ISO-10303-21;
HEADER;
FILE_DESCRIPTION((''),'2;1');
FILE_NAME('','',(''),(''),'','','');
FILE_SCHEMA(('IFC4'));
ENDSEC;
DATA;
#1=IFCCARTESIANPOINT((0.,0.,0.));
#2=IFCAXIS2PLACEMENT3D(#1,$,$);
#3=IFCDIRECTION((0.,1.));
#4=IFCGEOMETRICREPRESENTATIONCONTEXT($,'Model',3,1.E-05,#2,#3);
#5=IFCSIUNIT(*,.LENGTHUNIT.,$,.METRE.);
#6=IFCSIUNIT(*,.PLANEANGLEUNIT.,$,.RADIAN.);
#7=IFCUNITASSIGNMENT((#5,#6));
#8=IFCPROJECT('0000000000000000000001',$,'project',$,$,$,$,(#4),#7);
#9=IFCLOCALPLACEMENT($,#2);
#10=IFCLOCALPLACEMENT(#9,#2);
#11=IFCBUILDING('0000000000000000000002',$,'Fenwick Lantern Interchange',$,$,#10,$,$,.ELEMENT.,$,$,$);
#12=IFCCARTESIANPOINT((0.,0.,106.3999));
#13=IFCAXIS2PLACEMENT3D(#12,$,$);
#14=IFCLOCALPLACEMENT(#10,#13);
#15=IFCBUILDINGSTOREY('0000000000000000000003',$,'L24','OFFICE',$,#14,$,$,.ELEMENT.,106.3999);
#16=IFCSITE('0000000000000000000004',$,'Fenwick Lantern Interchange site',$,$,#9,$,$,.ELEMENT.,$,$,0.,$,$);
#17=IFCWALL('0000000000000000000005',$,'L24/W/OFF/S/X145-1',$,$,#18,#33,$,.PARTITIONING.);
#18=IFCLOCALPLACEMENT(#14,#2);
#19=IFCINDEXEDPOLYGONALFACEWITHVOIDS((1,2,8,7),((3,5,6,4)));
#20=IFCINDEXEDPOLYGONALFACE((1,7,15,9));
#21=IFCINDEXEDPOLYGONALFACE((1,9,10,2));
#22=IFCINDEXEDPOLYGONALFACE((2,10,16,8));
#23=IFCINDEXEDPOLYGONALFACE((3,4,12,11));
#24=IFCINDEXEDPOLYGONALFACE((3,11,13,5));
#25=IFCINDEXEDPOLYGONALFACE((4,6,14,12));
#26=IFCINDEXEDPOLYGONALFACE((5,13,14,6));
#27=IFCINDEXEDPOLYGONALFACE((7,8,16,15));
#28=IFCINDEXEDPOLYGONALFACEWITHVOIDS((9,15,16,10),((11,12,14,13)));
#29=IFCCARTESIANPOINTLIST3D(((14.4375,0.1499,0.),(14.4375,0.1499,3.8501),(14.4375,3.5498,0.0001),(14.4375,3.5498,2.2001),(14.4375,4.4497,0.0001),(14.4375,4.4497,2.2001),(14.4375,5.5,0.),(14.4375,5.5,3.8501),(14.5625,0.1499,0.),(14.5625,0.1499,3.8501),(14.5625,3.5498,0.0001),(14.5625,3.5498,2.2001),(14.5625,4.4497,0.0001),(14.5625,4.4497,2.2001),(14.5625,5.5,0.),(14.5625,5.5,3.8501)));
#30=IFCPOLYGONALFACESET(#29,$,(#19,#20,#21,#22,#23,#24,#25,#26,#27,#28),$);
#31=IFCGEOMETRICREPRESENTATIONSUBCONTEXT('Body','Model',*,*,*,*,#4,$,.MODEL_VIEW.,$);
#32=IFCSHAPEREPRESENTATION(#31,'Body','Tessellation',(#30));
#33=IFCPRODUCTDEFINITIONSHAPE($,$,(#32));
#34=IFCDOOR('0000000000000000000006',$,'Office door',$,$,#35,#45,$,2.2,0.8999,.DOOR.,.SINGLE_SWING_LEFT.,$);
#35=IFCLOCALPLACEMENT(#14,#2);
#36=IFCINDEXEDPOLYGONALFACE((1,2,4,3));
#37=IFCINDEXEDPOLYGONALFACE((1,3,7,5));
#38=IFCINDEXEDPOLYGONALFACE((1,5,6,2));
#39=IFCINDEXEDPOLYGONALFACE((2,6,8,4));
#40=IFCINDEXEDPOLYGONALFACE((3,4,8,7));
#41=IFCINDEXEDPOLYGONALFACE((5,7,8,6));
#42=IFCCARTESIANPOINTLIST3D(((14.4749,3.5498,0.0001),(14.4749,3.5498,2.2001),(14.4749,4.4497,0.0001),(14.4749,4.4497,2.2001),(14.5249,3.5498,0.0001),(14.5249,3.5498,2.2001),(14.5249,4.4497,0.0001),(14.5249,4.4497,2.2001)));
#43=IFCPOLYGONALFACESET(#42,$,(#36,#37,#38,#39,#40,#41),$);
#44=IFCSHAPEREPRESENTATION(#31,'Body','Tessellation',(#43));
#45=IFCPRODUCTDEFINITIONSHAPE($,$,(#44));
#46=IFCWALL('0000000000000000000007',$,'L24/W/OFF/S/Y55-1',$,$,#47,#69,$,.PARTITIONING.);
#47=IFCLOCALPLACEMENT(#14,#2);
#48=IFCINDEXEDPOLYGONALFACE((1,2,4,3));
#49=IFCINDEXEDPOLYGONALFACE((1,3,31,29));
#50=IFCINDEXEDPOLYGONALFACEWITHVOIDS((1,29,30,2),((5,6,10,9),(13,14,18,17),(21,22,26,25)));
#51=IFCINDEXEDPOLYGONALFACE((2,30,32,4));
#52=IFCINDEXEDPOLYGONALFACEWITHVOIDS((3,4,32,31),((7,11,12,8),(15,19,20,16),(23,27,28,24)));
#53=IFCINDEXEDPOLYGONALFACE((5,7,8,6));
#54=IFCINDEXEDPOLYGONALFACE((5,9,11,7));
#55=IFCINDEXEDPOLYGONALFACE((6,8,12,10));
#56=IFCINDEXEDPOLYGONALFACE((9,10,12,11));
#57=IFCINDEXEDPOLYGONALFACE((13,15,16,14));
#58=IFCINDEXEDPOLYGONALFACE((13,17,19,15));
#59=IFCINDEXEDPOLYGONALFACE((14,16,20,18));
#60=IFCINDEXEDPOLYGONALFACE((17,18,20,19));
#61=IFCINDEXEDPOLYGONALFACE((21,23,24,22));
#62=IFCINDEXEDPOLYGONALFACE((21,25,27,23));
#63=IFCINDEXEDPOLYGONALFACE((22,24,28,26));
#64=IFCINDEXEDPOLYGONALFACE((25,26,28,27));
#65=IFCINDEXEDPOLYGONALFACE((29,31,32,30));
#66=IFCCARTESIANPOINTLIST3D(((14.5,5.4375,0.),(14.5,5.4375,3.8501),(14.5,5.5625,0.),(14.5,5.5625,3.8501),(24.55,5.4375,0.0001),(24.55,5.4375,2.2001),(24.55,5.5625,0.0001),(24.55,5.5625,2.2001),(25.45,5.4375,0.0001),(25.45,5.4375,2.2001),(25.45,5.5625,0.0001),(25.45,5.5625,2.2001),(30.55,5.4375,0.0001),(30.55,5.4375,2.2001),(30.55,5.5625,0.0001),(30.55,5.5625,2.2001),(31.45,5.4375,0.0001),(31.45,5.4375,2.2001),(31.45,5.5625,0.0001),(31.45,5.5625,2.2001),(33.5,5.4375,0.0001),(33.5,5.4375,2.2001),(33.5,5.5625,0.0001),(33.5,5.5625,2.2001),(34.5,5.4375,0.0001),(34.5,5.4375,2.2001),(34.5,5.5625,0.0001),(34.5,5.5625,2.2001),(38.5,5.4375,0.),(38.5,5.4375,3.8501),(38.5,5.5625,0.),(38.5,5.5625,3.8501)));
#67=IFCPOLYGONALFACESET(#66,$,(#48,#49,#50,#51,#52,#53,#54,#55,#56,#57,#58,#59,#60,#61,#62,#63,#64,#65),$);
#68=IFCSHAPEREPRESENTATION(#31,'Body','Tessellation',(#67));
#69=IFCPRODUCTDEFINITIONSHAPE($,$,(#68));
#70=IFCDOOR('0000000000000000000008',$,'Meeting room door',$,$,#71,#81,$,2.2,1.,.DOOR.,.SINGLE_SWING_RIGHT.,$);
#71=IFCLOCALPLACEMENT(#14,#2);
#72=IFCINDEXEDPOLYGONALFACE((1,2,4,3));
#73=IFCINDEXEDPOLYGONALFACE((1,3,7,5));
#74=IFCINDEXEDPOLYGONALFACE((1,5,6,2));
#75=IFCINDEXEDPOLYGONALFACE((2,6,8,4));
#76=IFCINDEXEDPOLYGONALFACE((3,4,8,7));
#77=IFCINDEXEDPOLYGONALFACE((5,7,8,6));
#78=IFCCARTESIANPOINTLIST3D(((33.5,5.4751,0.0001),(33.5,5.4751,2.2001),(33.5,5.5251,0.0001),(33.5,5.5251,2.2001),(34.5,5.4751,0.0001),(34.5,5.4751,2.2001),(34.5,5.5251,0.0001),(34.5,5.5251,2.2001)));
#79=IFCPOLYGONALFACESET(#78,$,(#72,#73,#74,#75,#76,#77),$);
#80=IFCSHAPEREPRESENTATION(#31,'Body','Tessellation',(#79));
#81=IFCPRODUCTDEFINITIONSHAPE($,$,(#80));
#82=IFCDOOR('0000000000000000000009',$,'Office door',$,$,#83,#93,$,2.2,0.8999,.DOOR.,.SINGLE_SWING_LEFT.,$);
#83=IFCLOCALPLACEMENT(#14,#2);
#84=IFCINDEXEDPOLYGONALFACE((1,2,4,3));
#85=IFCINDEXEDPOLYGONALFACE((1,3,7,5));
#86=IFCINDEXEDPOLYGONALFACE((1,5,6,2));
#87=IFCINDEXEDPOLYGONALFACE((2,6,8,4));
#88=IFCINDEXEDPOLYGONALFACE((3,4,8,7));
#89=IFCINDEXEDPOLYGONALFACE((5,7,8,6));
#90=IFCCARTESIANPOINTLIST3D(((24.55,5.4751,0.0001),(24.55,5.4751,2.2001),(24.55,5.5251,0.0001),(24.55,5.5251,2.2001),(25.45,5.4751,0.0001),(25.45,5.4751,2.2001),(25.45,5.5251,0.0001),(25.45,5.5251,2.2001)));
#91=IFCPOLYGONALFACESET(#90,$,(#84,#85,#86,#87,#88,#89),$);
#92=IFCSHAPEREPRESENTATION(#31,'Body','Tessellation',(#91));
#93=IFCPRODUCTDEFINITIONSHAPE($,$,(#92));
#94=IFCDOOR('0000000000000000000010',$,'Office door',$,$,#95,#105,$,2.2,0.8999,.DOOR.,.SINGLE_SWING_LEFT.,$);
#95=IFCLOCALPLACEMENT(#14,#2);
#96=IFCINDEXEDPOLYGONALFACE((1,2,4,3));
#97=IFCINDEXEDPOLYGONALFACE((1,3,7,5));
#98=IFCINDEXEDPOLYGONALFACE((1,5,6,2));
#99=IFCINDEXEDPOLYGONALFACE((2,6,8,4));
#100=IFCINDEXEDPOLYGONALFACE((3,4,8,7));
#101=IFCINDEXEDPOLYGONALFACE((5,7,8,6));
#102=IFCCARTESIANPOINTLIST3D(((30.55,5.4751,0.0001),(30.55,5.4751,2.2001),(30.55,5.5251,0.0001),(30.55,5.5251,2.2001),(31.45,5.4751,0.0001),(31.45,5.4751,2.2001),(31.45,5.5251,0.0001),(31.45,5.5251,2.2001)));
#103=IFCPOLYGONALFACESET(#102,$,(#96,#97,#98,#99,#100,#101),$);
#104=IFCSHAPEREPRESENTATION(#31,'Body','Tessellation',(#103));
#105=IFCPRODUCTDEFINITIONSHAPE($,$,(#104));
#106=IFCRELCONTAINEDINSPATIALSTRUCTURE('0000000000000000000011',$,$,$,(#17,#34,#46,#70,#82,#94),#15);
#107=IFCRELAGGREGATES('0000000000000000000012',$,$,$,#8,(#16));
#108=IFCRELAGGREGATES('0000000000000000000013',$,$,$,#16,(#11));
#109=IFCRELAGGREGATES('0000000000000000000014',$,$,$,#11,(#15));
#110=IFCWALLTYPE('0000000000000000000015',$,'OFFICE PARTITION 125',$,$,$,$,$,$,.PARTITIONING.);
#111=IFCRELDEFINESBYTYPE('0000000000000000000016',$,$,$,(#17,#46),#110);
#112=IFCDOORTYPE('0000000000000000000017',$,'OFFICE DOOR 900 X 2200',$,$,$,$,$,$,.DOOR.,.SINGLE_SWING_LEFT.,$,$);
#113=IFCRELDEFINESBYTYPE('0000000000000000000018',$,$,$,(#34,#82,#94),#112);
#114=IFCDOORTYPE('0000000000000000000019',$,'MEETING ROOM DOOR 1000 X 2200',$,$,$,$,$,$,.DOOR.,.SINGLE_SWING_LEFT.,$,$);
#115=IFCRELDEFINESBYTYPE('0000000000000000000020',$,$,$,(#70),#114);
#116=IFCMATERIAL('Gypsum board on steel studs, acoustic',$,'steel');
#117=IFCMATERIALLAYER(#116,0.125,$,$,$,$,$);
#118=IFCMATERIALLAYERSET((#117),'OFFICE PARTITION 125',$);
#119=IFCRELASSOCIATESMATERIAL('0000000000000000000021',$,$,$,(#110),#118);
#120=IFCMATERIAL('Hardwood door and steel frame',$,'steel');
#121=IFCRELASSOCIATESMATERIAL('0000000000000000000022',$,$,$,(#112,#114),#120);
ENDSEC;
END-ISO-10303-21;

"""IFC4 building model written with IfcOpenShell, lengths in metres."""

from ifc_helpers import new_model, si_unit, direction, frame, frame_2d, origin, place, context, subcontext, project, spatial, rectangle, extrude, material, layer, layer_set, type_object, element, fill, save


model = new_model("IFC4")

# Units and contexts
model_context = context("Model", 3, precision=1e-05, world=origin(), true_north=direction((0.0, 1.0)))
body_context = subcontext(model_context, "Body", "Model", "MODEL_VIEW")
ifc_project = project(units=[si_unit("LENGTHUNIT", "METRE"), si_unit("PLANEANGLEUNIT", "RADIAN")], contexts=[model_context])

# Site, building, storey
site_placement = place(None, origin())
site = spatial("IfcSite", under=ifc_project, at=site_placement, Name="Fenwick Lantern Interchange site", CompositionType="ELEMENT", RefElevation=0.0)
building_placement = place(site_placement, origin())
building = spatial("IfcBuilding", under=site, at=building_placement, Name="Fenwick Lantern Interchange", CompositionType="ELEMENT")
storey_placement = place(building_placement, frame((0.0, 0.0, 106.3999)))
storey = spatial("IfcBuildingStorey", under=building, at=storey_placement, Name="L24", Description="OFFICE", CompositionType="ELEMENT", Elevation=106.3999)

# Wall, opening, door
ifc_material_1 = material(Name="Gypsum board on steel studs, acoustic", Category="steel")
ifc_layer_1 = layer(ifc_material_1, 0.125)
ifc_layer_set_1 = layer_set([ifc_layer_1], Name="OFFICE PARTITION 125")
wall_type = type_object("IfcWallType", Name="OFFICE PARTITION 125", PredefinedType="PARTITIONING", material=ifc_layer_set_1)
wall_1_placement = place(storey_placement, frame((14.5, 0.1499, 0.0), z_axis=(0.0, 0.0, 1.0), x_axis=(0.0, 1.0, 0.0)))
wall_1 = element("IfcWall", 1, at=wall_1_placement, inside=storey, type_object=wall_type, Name="L24/W/OFF/S/X145-1", PredefinedType="PARTITIONING", context=body_context, shape_type="SweptSolid", body=[
    extrude(rectangle(XDim=5.3501, YDim=0.125, at=frame_2d((2.675, 0.0))), origin(), (0.0, 0.0, 1.0), 3.8501),
])
opening_1_placement = place(wall_1_placement, frame((3.3999, 0.0, 0.0)))
opening_1 = element("IfcOpeningElement", 2, at=opening_1_placement, cuts=wall_1, PredefinedType="OPENING", context=body_context, shape_type="SweptSolid", body=[
    extrude(rectangle(XDim=0.8999, YDim=2.2, at=frame_2d((0.45, 1.1001))), frame((0.0, 0.0725, 0.0), z_axis=(0.0, -1.0, 0.0), x_axis=(1.0, 0.0, 0.0)), (0.0, 0.0, 1.0), 0.145),
])
ifc_material_2 = material(Name="Hardwood door and steel frame", Category="steel")
door_type_1 = type_object("IfcDoorType", Name="OFFICE DOOR 900 X 2200", OperationType="SINGLE_SWING_LEFT", PredefinedType="DOOR", material=ifc_material_2)
door_1_placement = place(opening_1_placement, frame((0.8999, 0.0, 0.0), z_axis=(0.0, 0.0, 1.0), x_axis=(-1.0, 0.0, 0.0)))
door_1 = element("IfcDoor", 3, at=door_1_placement, inside=storey, type_object=door_type_1, Name="Office door", OperationType="SINGLE_SWING_LEFT", OverallHeight=2.2, OverallWidth=0.8999, PredefinedType="DOOR", context=body_context, shape_type="SweptSolid", body=[
    extrude(rectangle(XDim=0.8999, YDim=2.2, at=frame_2d((0.45, 1.1001))), frame((0.0, 0.0249, 0.0), z_axis=(0.0, -1.0, 0.0), x_axis=(1.0, 0.0, 0.0)), (0.0, 0.0, 1.0), 0.05),
])
fill(opening_1, door_1)

# Wall, openings, doors
wall_2_placement = place(storey_placement, frame((14.5, 5.5, 0.0), z_axis=(0.0, 0.0, 1.0), x_axis=(1.0, 0.0, 0.0)))
wall_2 = element("IfcWall", 4, at=wall_2_placement, inside=storey, type_object=wall_type, Name="L24/W/OFF/S/Y55-1", PredefinedType="PARTITIONING", context=body_context, shape_type="SweptSolid", body=[
    extrude(rectangle(XDim=24.0, YDim=0.125, at=frame_2d((12.0, 0.0))), origin(), (0.0, 0.0, 1.0), 3.8501),
])
opening_2_placement = place(wall_2_placement, frame((10.05, 0.0, 0.0)))
opening_2 = element("IfcOpeningElement", 5, at=opening_2_placement, cuts=wall_2, PredefinedType="OPENING", context=body_context, shape_type="SweptSolid", body=[
    extrude(rectangle(XDim=0.8999, YDim=2.2, at=frame_2d((0.45, 1.1001))), frame((0.0, 0.0725, 0.0), z_axis=(0.0, -1.0, 0.0), x_axis=(1.0, 0.0, 0.0)), (0.0, 0.0, 1.0), 0.145),
])
opening_3_placement = place(wall_2_placement, frame((16.05, 0.0, 0.0)))
opening_3 = element("IfcOpeningElement", 6, at=opening_3_placement, cuts=wall_2, PredefinedType="OPENING", context=body_context, shape_type="SweptSolid", body=[
    extrude(rectangle(XDim=0.8999, YDim=2.2, at=frame_2d((0.45, 1.1001))), frame((0.0, 0.0725, 0.0), z_axis=(0.0, -1.0, 0.0), x_axis=(1.0, 0.0, 0.0)), (0.0, 0.0, 1.0), 0.145),
])
opening_4_placement = place(wall_2_placement, frame((19.0, 0.0, 0.0)))
opening_4 = element("IfcOpeningElement", 7, at=opening_4_placement, cuts=wall_2, PredefinedType="OPENING", context=body_context, shape_type="SweptSolid", body=[
    extrude(rectangle(XDim=1.0, YDim=2.2, at=frame_2d((0.5, 1.1001))), frame((0.0, 0.0725, 0.0), z_axis=(0.0, -1.0, 0.0), x_axis=(1.0, 0.0, 0.0)), (0.0, 0.0, 1.0), 0.145),
])
door_type_2 = type_object("IfcDoorType", Name="MEETING ROOM DOOR 1000 X 2200", OperationType="SINGLE_SWING_LEFT", PredefinedType="DOOR", material=ifc_material_2)
door_2_placement = place(opening_4_placement, frame((1.0, 0.0, 0.0), z_axis=(0.0, 0.0, 1.0), x_axis=(-1.0, 0.0, 0.0)))
door_2 = element("IfcDoor", 8, at=door_2_placement, inside=storey, type_object=door_type_2, Name="Meeting room door", OperationType="SINGLE_SWING_RIGHT", OverallHeight=2.2, OverallWidth=1.0, PredefinedType="DOOR", context=body_context, shape_type="SweptSolid", body=[
    extrude(rectangle(XDim=1.0, YDim=2.2, at=frame_2d((0.5, 1.1001))), frame((0.0, 0.0249, 0.0), z_axis=(0.0, -1.0, 0.0), x_axis=(1.0, 0.0, 0.0)), (0.0, 0.0, 1.0), 0.05),
])
fill(opening_4, door_2)
door_3_placement = place(opening_2_placement, frame((0.8999, 0.0, 0.0), z_axis=(0.0, 0.0, 1.0), x_axis=(-1.0, 0.0, 0.0)))
door_3 = element("IfcDoor", 9, at=door_3_placement, inside=storey, type_object=door_type_1, Name="Office door", OperationType="SINGLE_SWING_LEFT", OverallHeight=2.2, OverallWidth=0.8999, PredefinedType="DOOR", context=body_context, shape_type="SweptSolid", body=[
    extrude(rectangle(XDim=0.8999, YDim=2.2, at=frame_2d((0.45, 1.1001))), frame((0.0, 0.0249, 0.0), z_axis=(0.0, -1.0, 0.0), x_axis=(1.0, 0.0, 0.0)), (0.0, 0.0, 1.0), 0.05),
])
fill(opening_2, door_3)
door_4_placement = place(opening_3_placement, frame((0.8999, 0.0, 0.0), z_axis=(0.0, 0.0, 1.0), x_axis=(-1.0, 0.0, 0.0)))
door_4 = element("IfcDoor", 10, at=door_4_placement, inside=storey, type_object=door_type_1, Name="Office door", OperationType="SINGLE_SWING_LEFT", OverallHeight=2.2, OverallWidth=0.8999, PredefinedType="DOOR", context=body_context, shape_type="SweptSolid", body=[
    extrude(rectangle(XDim=0.8999, YDim=2.2, at=frame_2d((0.45, 1.1001))), frame((0.0, 0.0249, 0.0), z_axis=(0.0, -1.0, 0.0), x_axis=(1.0, 0.0, 0.0)), (0.0, 0.0, 1.0), 0.05),
])
fill(opening_3, door_4)

save(model, "model.ifc")
